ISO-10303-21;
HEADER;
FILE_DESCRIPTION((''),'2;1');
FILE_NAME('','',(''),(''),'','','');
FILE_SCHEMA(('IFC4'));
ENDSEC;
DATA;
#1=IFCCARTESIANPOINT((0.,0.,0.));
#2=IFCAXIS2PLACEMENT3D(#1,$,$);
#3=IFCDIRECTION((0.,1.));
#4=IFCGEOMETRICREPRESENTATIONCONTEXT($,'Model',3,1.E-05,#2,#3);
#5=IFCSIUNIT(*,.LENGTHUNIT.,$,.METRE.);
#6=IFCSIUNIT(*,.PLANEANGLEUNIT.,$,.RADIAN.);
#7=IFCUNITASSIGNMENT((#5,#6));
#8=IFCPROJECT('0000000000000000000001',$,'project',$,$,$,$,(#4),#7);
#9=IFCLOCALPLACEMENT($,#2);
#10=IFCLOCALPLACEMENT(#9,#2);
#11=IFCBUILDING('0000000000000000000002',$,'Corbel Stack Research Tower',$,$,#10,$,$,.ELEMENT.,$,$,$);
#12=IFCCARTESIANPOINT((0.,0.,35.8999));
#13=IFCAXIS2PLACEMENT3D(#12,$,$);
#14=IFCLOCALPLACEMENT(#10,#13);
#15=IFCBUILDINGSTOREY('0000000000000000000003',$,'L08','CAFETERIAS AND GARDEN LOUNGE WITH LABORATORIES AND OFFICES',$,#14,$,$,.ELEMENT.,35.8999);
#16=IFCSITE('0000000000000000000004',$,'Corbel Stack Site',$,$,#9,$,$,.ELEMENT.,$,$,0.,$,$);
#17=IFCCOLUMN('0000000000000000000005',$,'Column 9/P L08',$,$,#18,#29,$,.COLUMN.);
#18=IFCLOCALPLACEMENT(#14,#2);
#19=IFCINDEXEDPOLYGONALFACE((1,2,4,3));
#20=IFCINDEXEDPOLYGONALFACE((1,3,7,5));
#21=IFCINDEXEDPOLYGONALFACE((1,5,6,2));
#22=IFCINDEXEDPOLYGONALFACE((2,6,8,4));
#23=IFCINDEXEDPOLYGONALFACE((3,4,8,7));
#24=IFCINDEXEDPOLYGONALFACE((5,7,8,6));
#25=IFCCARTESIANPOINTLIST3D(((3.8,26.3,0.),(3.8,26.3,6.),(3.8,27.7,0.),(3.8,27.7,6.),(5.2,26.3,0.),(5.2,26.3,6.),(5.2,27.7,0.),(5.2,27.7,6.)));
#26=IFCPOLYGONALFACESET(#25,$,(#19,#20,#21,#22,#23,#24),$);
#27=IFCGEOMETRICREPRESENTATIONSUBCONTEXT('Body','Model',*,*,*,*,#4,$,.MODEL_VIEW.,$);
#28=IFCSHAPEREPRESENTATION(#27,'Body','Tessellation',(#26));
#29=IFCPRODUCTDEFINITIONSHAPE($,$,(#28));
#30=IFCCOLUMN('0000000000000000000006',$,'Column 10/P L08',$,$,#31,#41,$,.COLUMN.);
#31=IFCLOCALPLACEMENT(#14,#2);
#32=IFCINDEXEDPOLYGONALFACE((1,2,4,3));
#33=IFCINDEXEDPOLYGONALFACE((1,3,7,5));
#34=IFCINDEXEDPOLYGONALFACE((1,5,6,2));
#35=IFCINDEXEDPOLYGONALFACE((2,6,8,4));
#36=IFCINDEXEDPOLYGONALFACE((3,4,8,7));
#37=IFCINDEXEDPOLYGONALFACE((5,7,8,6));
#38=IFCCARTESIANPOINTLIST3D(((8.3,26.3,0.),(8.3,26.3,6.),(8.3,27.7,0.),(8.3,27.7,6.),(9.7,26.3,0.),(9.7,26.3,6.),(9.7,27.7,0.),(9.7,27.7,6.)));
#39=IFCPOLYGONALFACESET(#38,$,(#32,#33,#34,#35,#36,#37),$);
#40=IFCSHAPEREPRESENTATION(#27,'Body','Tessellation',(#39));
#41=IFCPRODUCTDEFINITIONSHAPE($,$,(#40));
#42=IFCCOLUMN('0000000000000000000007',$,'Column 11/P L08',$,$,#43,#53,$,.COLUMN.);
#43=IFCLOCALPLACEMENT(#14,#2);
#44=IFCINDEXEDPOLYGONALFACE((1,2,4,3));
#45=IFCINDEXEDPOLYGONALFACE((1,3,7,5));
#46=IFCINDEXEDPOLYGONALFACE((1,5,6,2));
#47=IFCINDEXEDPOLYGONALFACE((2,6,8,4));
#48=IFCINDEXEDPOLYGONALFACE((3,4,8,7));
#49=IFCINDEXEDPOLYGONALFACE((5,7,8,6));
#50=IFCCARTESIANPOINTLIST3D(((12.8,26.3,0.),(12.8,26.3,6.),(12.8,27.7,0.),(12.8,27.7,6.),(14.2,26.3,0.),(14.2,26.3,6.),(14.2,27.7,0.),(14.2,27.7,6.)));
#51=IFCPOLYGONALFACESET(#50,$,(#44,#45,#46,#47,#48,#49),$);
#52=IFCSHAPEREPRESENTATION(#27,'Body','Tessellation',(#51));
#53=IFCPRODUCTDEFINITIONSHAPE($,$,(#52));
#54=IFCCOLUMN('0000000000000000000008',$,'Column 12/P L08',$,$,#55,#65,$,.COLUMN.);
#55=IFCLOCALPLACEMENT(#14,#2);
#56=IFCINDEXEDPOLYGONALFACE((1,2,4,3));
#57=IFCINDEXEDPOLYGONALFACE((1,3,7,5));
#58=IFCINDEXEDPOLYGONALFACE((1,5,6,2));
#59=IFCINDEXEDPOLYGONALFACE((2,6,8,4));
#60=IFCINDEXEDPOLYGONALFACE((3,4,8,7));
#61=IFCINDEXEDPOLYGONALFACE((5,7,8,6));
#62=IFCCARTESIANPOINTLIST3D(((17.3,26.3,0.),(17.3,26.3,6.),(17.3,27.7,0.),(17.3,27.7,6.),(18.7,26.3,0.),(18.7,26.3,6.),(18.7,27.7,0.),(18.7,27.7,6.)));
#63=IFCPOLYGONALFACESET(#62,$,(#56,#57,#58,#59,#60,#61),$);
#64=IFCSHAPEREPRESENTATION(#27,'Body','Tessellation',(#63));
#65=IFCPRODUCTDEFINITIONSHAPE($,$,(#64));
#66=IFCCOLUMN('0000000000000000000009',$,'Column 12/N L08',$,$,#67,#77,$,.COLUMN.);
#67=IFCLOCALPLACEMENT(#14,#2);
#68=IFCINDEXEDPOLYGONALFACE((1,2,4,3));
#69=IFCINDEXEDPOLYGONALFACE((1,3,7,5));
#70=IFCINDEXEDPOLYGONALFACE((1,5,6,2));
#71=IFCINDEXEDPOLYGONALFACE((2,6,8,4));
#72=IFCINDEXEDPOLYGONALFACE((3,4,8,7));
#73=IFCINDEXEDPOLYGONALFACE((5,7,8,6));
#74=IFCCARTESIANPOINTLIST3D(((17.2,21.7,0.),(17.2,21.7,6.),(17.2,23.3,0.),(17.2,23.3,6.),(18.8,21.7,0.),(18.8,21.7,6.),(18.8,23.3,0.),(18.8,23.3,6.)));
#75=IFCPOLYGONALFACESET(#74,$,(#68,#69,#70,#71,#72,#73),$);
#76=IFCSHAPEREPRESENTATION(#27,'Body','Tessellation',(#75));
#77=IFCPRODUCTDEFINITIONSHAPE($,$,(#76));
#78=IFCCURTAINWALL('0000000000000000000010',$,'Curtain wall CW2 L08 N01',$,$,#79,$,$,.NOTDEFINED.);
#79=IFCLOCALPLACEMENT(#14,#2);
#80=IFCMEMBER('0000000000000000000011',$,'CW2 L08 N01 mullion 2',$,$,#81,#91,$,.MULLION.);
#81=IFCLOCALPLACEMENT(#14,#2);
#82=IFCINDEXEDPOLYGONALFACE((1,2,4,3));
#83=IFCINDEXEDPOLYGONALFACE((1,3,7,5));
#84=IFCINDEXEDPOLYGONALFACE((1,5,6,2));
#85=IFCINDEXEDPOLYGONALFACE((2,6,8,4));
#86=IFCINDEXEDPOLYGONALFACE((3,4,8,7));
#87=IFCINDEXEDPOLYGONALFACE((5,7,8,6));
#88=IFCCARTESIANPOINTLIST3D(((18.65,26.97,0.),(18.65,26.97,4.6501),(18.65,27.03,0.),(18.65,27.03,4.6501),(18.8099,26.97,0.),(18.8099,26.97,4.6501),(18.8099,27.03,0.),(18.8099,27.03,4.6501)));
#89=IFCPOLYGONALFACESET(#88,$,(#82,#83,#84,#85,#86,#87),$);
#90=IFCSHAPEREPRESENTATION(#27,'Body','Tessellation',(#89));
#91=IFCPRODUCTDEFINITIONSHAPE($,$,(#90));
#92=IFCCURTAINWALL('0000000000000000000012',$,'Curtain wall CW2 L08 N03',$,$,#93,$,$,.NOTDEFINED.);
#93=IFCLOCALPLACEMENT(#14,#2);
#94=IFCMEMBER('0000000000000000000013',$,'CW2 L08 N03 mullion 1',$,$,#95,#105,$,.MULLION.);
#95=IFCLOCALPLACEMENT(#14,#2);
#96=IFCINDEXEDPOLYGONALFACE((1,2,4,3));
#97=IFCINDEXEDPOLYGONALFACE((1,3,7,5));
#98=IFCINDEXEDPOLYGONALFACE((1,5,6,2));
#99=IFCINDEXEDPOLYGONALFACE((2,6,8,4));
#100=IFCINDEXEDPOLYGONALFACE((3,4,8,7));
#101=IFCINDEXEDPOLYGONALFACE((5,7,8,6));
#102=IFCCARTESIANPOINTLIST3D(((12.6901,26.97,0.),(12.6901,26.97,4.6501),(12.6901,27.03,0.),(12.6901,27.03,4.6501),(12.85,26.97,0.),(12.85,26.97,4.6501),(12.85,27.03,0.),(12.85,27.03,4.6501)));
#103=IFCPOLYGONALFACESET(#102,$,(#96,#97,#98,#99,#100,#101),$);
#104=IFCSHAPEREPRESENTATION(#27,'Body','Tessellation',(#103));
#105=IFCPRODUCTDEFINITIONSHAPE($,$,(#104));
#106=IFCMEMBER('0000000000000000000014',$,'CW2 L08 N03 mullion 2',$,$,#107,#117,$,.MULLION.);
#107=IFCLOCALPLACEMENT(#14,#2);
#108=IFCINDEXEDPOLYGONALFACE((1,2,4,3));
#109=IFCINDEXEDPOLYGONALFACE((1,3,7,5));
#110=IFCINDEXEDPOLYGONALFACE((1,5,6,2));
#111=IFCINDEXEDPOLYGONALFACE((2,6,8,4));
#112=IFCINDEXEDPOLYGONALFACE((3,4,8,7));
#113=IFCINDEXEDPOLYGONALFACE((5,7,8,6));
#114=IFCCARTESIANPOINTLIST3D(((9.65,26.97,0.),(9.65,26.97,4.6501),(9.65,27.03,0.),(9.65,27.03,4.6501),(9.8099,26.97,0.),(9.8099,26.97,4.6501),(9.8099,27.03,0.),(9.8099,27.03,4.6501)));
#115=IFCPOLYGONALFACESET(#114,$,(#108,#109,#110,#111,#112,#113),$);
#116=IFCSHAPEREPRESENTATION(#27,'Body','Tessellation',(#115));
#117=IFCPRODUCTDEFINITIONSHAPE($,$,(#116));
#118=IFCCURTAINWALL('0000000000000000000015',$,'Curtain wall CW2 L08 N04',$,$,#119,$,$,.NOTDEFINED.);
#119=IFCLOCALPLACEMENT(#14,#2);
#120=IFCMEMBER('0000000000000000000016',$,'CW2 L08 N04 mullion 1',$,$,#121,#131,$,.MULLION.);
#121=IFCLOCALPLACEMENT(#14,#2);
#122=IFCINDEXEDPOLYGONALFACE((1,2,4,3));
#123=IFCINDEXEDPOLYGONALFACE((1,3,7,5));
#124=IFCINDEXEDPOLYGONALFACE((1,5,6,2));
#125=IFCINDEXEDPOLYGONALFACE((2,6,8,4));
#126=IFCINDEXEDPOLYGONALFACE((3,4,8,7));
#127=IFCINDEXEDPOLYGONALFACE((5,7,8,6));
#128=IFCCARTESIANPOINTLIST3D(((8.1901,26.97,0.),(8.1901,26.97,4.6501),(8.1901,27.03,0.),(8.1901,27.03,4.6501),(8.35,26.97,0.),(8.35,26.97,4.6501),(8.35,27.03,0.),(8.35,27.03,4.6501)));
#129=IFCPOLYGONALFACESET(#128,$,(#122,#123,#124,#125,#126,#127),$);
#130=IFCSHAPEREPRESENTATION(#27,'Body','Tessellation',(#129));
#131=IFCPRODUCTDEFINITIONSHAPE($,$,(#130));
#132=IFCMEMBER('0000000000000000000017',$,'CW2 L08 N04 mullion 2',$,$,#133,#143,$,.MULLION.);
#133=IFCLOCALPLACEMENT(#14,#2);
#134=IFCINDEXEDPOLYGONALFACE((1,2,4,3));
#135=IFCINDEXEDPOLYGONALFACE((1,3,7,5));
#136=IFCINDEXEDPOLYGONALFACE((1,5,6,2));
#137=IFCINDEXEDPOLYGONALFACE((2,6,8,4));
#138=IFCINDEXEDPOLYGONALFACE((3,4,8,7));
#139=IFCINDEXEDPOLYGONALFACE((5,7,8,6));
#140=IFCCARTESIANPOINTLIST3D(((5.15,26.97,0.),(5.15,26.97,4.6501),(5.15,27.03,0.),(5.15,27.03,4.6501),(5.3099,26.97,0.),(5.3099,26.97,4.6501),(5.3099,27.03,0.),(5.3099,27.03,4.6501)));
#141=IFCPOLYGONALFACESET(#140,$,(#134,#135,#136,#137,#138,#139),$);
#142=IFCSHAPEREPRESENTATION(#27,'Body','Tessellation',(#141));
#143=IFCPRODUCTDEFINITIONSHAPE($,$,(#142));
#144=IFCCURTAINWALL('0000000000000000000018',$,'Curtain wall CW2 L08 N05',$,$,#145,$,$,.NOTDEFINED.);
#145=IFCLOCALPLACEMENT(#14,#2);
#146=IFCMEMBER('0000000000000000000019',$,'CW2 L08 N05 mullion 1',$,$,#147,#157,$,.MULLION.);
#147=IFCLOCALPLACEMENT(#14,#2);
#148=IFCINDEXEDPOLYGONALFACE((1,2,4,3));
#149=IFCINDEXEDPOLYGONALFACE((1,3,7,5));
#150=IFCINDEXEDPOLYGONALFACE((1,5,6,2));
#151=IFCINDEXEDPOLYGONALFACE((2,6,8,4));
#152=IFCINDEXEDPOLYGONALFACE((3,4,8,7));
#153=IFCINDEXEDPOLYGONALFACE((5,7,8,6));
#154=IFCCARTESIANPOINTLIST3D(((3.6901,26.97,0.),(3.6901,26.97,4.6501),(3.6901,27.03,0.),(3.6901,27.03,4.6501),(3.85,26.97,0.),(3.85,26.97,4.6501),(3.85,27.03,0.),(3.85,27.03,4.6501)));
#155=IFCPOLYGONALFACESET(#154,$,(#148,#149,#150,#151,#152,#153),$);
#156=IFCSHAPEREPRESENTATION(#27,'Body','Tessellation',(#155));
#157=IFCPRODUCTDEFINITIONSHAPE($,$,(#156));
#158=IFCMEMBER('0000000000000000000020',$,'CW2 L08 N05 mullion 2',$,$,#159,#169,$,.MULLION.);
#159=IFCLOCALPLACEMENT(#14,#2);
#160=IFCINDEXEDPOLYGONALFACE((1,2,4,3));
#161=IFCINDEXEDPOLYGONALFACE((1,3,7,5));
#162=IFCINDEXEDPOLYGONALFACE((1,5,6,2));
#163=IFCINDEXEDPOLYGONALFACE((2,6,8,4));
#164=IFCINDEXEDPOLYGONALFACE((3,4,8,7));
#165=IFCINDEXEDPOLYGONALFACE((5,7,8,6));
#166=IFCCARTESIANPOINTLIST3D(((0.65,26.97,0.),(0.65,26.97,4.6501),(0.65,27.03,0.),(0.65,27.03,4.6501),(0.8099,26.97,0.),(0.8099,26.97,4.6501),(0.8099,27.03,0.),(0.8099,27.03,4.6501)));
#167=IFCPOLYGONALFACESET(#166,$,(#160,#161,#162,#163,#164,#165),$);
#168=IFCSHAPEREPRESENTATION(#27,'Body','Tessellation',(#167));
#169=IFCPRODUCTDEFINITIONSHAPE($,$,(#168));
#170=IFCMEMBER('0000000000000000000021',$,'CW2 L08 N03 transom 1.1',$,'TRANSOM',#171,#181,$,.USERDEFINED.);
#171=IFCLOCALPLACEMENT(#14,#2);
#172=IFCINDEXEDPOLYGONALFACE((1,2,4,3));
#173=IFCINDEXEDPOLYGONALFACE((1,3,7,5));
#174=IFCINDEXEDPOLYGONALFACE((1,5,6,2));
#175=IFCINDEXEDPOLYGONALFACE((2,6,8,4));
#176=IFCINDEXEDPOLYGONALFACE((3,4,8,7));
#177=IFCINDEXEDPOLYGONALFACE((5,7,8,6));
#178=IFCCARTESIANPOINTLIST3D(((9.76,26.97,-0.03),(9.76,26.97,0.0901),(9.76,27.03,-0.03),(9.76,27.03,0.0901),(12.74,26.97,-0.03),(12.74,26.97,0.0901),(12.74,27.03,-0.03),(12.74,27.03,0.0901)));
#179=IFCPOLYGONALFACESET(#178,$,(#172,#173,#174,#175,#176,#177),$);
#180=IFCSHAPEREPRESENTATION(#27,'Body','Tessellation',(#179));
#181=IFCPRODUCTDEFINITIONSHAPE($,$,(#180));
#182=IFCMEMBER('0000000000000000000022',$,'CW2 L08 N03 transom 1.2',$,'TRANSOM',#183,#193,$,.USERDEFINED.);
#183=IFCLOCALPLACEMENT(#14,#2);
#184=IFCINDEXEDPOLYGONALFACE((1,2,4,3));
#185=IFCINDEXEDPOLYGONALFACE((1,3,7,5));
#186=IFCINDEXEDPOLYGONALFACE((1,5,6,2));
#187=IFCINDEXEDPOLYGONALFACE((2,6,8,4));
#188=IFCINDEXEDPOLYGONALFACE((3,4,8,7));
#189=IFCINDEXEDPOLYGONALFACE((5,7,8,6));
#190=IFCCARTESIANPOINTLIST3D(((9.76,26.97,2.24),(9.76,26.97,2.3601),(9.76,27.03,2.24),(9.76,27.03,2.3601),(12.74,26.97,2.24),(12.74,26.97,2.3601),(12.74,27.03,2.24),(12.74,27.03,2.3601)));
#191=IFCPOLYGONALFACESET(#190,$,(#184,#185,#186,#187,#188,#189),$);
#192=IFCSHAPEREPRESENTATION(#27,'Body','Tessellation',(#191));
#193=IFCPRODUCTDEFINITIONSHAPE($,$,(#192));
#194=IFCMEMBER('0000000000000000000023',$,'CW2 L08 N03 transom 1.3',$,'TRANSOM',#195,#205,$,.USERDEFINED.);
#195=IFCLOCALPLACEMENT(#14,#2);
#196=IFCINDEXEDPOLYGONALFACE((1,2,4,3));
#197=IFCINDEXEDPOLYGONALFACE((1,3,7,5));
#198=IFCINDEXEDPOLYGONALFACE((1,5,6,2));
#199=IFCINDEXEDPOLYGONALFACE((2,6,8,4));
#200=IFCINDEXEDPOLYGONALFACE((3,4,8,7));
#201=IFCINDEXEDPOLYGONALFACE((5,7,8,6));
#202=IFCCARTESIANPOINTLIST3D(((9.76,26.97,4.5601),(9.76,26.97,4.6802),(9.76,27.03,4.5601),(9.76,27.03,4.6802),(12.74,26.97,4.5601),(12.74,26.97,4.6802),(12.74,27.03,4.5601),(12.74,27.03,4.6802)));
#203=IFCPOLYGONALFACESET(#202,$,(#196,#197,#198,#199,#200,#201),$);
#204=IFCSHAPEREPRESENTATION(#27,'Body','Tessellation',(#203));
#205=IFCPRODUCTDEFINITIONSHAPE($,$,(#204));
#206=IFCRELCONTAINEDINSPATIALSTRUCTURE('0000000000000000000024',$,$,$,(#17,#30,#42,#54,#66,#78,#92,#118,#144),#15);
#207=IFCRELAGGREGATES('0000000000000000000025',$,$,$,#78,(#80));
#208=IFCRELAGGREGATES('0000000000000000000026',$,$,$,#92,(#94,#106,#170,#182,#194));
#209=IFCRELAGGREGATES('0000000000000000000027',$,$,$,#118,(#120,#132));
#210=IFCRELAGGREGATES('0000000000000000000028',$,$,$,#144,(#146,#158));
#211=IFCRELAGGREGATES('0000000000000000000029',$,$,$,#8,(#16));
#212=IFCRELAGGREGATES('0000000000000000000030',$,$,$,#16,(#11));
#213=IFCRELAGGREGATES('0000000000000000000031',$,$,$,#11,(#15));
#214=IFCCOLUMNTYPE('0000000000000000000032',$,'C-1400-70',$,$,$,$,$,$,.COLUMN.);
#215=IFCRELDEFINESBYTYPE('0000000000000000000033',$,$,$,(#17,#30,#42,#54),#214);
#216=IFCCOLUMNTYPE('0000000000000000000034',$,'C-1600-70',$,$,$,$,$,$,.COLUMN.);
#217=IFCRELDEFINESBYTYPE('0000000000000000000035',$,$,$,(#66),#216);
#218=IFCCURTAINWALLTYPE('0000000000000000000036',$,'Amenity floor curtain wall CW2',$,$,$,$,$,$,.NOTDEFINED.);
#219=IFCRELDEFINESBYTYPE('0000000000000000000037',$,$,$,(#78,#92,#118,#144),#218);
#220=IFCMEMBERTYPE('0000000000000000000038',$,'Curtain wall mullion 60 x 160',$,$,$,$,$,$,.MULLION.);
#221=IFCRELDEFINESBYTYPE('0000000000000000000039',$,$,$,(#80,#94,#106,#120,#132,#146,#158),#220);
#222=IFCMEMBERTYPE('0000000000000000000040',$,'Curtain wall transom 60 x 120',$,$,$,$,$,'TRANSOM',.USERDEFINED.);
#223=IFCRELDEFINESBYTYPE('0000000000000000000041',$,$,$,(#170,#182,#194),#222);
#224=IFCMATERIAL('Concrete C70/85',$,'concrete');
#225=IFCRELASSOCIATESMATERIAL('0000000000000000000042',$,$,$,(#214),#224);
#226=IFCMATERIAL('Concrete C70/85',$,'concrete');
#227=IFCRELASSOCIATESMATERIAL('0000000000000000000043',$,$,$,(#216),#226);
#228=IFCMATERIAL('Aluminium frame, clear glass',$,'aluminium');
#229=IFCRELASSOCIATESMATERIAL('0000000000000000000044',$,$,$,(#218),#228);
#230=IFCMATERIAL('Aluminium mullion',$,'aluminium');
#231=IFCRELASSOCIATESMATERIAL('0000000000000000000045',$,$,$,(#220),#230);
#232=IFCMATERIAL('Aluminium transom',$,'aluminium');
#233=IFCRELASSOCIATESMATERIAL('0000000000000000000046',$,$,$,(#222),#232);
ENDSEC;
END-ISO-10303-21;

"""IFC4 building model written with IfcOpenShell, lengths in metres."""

from ifc_helpers import new_model, si_unit, direction, frame, origin, origin_2d, place, context, subcontext, project, spatial, rectangle, extrude, material, material_profile, profile_set, type_object, element, aggregate, save


model = new_model("IFC4")

# Units and contexts
model_context = context("Model", 3, precision=1e-05, world=origin(), true_north=direction((0.0, 1.0)))
body_context = subcontext(model_context, "Body", "Model", "MODEL_VIEW")
ifc_project = project(units=[si_unit("LENGTHUNIT", "METRE"), si_unit("PLANEANGLEUNIT", "RADIAN")], contexts=[model_context])

# Site, building, storey
site_placement = place(None, origin())
site = spatial("IfcSite", under=ifc_project, at=site_placement, Name="Corbel Stack Site", CompositionType="ELEMENT", RefElevation=0.0)
building_placement = place(site_placement, origin())
building = spatial("IfcBuilding", under=site, at=building_placement, Name="Corbel Stack Research Tower", CompositionType="ELEMENT")
storey_placement = place(building_placement, frame((0.0, 0.0, 35.8999)))
storey = spatial("IfcBuildingStorey", under=building, at=storey_placement, Name="L08", Description="CAFETERIAS AND GARDEN LOUNGE WITH LABORATORIES AND OFFICES", CompositionType="ELEMENT", Elevation=35.8999)

# Columns
ifc_material_1 = material(Name="Concrete C70/85", Category="concrete")
ifc_material_profile_1 = material_profile(ifc_material_1, rectangle(XDim=1.3999, YDim=1.3999, at=origin_2d()), Name="RC 1400 x 1400")
ifc_profile_set_1 = profile_set([ifc_material_profile_1], Name="Concrete C70/85")
column_type_1 = type_object("IfcColumnType", Name="C-1400-70", PredefinedType="COLUMN", material=ifc_profile_set_1)
for number, where, z_axis, x_axis, name in (
    (1, (4.5, 27.0, 0.0), (0.0, 0.0, 1.0), (1.0, 0.0, 0.0), "Column 9/P L08"),
    (2, (9.0, 27.0, 0.0), (0.0, 0.0, 1.0), (1.0, 0.0, 0.0), "Column 10/P L08"),
    (3, (13.5, 27.0, 0.0), (0.0, 0.0, 1.0), (1.0, 0.0, 0.0), "Column 11/P L08"),
    (4, (18.0, 27.0, 0.0), (0.0, 0.0, 1.0), (1.0, 0.0, 0.0), "Column 12/P L08"),
):
    element("IfcColumn", number, at=place(storey_placement, frame(where, z_axis=z_axis, x_axis=x_axis)), inside=storey, type_object=column_type_1, Name=name, PredefinedType="COLUMN", context=body_context, shape_type="SweptSolid", body=[
        extrude(rectangle(XDim=1.3999, YDim=1.3999, at=origin_2d()), origin(), (0.0, 0.0, 1.0), 6.0),
    ])
ifc_material_2 = material(Name="Concrete C70/85", Category="concrete")
ifc_material_profile_2 = material_profile(ifc_material_2, rectangle(XDim=1.6001, YDim=1.6001, at=origin_2d()), Name="RC 1600 x 1600")
ifc_profile_set_2 = profile_set([ifc_material_profile_2], Name="Concrete C70/85")
column_type_2 = type_object("IfcColumnType", Name="C-1600-70", PredefinedType="COLUMN", material=ifc_profile_set_2)
column_placement = place(storey_placement, frame((18.0, 22.5, 0.0), z_axis=(0.0, 0.0, 1.0), x_axis=(1.0, 0.0, 0.0)))
element("IfcColumn", 5, at=column_placement, inside=storey, type_object=column_type_2, Name="Column 12/N L08", PredefinedType="COLUMN", context=body_context, shape_type="SweptSolid", body=[
    extrude(rectangle(XDim=1.6001, YDim=1.6001, at=origin_2d()), origin(), (0.0, 0.0, 1.0), 6.0),
])

# Curtain wall, member
ifc_material_3 = material(Name="Aluminium frame, clear glass", Category="aluminium")
curtain_wall_type = type_object("IfcCurtainWallType", Name="Amenity floor curtain wall CW2", PredefinedType="NOTDEFINED", material=ifc_material_3)
curtain_wall_1_placement = place(storey_placement, origin())
curtain_wall_1 = element("IfcCurtainWall", 6, at=curtain_wall_1_placement, inside=storey, type_object=curtain_wall_type, Name="Curtain wall CW2 L08 N01", PredefinedType="NOTDEFINED")
ifc_material_4 = material(Name="Aluminium mullion", Category="aluminium")
ifc_material_profile_3 = material_profile(ifc_material_4, rectangle(XDim=0.0601, YDim=0.1599, at=origin_2d()), Name="Mullion 60 x 160")
ifc_profile_set_3 = profile_set([ifc_material_profile_3], Name="Aluminium mullion")
member_type_1 = type_object("IfcMemberType", Name="Curtain wall mullion 60 x 160", PredefinedType="MULLION", material=ifc_profile_set_3)
member_1_placement = place(storey_placement, frame((18.73, 27.0, 0.0), z_axis=(0.0, 0.0, 1.0), x_axis=(0.0, -1.0, 0.0)))
member_1 = element("IfcMember", 7, at=member_1_placement, type_object=member_type_1, Name="CW2 L08 N01 mullion 2", PredefinedType="MULLION", context=body_context, shape_type="SweptSolid", body=[
    extrude(rectangle(XDim=0.0601, YDim=0.1599, at=origin_2d()), origin(), (0.0, 0.0, 1.0), 4.6501),
])

# Curtain walls, members
curtain_wall_2_placement = place(storey_placement, origin())
curtain_wall_2 = element("IfcCurtainWall", 8, at=curtain_wall_2_placement, inside=storey, type_object=curtain_wall_type, Name="Curtain wall CW2 L08 N03", PredefinedType="NOTDEFINED")
member_2_placement = place(storey_placement, frame((12.77, 27.0, 0.0), z_axis=(0.0, 0.0, 1.0), x_axis=(0.0, -1.0, 0.0)))
member_2 = element("IfcMember", 9, at=member_2_placement, type_object=member_type_1, Name="CW2 L08 N03 mullion 1", PredefinedType="MULLION", context=body_context, shape_type="SweptSolid", body=[
    extrude(rectangle(XDim=0.0601, YDim=0.1599, at=origin_2d()), origin(), (0.0, 0.0, 1.0), 4.6501),
])
member_3_placement = place(storey_placement, frame((9.73, 27.0, 0.0), z_axis=(0.0, 0.0, 1.0), x_axis=(0.0, -1.0, 0.0)))
member_3 = element("IfcMember", 10, at=member_3_placement, type_object=member_type_1, Name="CW2 L08 N03 mullion 2", PredefinedType="MULLION", context=body_context, shape_type="SweptSolid", body=[
    extrude(rectangle(XDim=0.0601, YDim=0.1599, at=origin_2d()), origin(), (0.0, 0.0, 1.0), 4.6501),
])
curtain_wall_3_placement = place(storey_placement, origin())
curtain_wall_3 = element("IfcCurtainWall", 11, at=curtain_wall_3_placement, inside=storey, type_object=curtain_wall_type, Name="Curtain wall CW2 L08 N04", PredefinedType="NOTDEFINED")
member_4_placement = place(storey_placement, frame((8.27, 27.0, 0.0), z_axis=(0.0, 0.0, 1.0), x_axis=(0.0, -1.0, 0.0)))
member_4 = element("IfcMember", 12, at=member_4_placement, type_object=member_type_1, Name="CW2 L08 N04 mullion 1", PredefinedType="MULLION", context=body_context, shape_type="SweptSolid", body=[
    extrude(rectangle(XDim=0.0601, YDim=0.1599, at=origin_2d()), origin(), (0.0, 0.0, 1.0), 4.6501),
])
member_5_placement = place(storey_placement, frame((5.23, 27.0, 0.0), z_axis=(0.0, 0.0, 1.0), x_axis=(0.0, -1.0, 0.0)))
member_5 = element("IfcMember", 13, at=member_5_placement, type_object=member_type_1, Name="CW2 L08 N04 mullion 2", PredefinedType="MULLION", context=body_context, shape_type="SweptSolid", body=[
    extrude(rectangle(XDim=0.0601, YDim=0.1599, at=origin_2d()), origin(), (0.0, 0.0, 1.0), 4.6501),
])
curtain_wall_4_placement = place(storey_placement, origin())
curtain_wall_4 = element("IfcCurtainWall", 14, at=curtain_wall_4_placement, inside=storey, type_object=curtain_wall_type, Name="Curtain wall CW2 L08 N05", PredefinedType="NOTDEFINED")
member_6_placement = place(storey_placement, frame((3.77, 27.0, 0.0), z_axis=(0.0, 0.0, 1.0), x_axis=(0.0, -1.0, 0.0)))
member_6 = element("IfcMember", 15, at=member_6_placement, type_object=member_type_1, Name="CW2 L08 N05 mullion 1", PredefinedType="MULLION", context=body_context, shape_type="SweptSolid", body=[
    extrude(rectangle(XDim=0.0601, YDim=0.1599, at=origin_2d()), origin(), (0.0, 0.0, 1.0), 4.6501),
])
member_7_placement = place(storey_placement, frame((0.73, 27.0, 0.0), z_axis=(0.0, 0.0, 1.0), x_axis=(0.0, -1.0, 0.0)))
member_7 = element("IfcMember", 16, at=member_7_placement, type_object=member_type_1, Name="CW2 L08 N05 mullion 2", PredefinedType="MULLION", context=body_context, shape_type="SweptSolid", body=[
    extrude(rectangle(XDim=0.0601, YDim=0.1599, at=origin_2d()), origin(), (0.0, 0.0, 1.0), 4.6501),
])

# Members
ifc_material_5 = material(Name="Aluminium transom", Category="aluminium")
ifc_material_profile_4 = material_profile(ifc_material_5, rectangle(XDim=0.0601, YDim=0.1201, at=origin_2d()), Name="Transom 60 x 120")
ifc_profile_set_4 = profile_set([ifc_material_profile_4], Name="Aluminium transom")
member_type_2 = type_object("IfcMemberType", Name="Curtain wall transom 60 x 120", ElementType="TRANSOM", PredefinedType="USERDEFINED", material=ifc_profile_set_4)
member_8_placement = place(storey_placement, frame((12.74, 27.0, 0.03), z_axis=(-1.0, 0.0, 0.0), x_axis=(0.0, -1.0, 0.0)))
member_8 = element("IfcMember", 17, at=member_8_placement, type_object=member_type_2, Name="CW2 L08 N03 transom 1.1", ObjectType="TRANSOM", PredefinedType="USERDEFINED", context=body_context, shape_type="SweptSolid", body=[
    extrude(rectangle(XDim=0.0601, YDim=0.1201, at=origin_2d()), origin(), (0.0, 0.0, 1.0), 2.98),
])
member_9_placement = place(storey_placement, frame((12.74, 27.0, 2.3), z_axis=(-1.0, 0.0, 0.0), x_axis=(0.0, -1.0, 0.0)))
member_9 = element("IfcMember", 18, at=member_9_placement, type_object=member_type_2, Name="CW2 L08 N03 transom 1.2", ObjectType="TRANSOM", PredefinedType="USERDEFINED", context=body_context, shape_type="SweptSolid", body=[
    extrude(rectangle(XDim=0.0601, YDim=0.1201, at=origin_2d()), origin(), (0.0, 0.0, 1.0), 2.98),
])
member_10_placement = place(storey_placement, frame((12.74, 27.0, 4.6201), z_axis=(-1.0, 0.0, 0.0), x_axis=(0.0, -1.0, 0.0)))
member_10 = element("IfcMember", 19, at=member_10_placement, type_object=member_type_2, Name="CW2 L08 N03 transom 1.3", ObjectType="TRANSOM", PredefinedType="USERDEFINED", context=body_context, shape_type="SweptSolid", body=[
    extrude(rectangle(XDim=0.0601, YDim=0.1201, at=origin_2d()), origin(), (0.0, 0.0, 1.0), 2.98),
])

aggregate(curtain_wall_1, [member_1])
aggregate(curtain_wall_2, [member_2, member_3, member_8, member_9, member_10])
aggregate(curtain_wall_3, [member_4, member_5])
aggregate(curtain_wall_4, [member_6, member_7])

save(model, "model.ifc")
